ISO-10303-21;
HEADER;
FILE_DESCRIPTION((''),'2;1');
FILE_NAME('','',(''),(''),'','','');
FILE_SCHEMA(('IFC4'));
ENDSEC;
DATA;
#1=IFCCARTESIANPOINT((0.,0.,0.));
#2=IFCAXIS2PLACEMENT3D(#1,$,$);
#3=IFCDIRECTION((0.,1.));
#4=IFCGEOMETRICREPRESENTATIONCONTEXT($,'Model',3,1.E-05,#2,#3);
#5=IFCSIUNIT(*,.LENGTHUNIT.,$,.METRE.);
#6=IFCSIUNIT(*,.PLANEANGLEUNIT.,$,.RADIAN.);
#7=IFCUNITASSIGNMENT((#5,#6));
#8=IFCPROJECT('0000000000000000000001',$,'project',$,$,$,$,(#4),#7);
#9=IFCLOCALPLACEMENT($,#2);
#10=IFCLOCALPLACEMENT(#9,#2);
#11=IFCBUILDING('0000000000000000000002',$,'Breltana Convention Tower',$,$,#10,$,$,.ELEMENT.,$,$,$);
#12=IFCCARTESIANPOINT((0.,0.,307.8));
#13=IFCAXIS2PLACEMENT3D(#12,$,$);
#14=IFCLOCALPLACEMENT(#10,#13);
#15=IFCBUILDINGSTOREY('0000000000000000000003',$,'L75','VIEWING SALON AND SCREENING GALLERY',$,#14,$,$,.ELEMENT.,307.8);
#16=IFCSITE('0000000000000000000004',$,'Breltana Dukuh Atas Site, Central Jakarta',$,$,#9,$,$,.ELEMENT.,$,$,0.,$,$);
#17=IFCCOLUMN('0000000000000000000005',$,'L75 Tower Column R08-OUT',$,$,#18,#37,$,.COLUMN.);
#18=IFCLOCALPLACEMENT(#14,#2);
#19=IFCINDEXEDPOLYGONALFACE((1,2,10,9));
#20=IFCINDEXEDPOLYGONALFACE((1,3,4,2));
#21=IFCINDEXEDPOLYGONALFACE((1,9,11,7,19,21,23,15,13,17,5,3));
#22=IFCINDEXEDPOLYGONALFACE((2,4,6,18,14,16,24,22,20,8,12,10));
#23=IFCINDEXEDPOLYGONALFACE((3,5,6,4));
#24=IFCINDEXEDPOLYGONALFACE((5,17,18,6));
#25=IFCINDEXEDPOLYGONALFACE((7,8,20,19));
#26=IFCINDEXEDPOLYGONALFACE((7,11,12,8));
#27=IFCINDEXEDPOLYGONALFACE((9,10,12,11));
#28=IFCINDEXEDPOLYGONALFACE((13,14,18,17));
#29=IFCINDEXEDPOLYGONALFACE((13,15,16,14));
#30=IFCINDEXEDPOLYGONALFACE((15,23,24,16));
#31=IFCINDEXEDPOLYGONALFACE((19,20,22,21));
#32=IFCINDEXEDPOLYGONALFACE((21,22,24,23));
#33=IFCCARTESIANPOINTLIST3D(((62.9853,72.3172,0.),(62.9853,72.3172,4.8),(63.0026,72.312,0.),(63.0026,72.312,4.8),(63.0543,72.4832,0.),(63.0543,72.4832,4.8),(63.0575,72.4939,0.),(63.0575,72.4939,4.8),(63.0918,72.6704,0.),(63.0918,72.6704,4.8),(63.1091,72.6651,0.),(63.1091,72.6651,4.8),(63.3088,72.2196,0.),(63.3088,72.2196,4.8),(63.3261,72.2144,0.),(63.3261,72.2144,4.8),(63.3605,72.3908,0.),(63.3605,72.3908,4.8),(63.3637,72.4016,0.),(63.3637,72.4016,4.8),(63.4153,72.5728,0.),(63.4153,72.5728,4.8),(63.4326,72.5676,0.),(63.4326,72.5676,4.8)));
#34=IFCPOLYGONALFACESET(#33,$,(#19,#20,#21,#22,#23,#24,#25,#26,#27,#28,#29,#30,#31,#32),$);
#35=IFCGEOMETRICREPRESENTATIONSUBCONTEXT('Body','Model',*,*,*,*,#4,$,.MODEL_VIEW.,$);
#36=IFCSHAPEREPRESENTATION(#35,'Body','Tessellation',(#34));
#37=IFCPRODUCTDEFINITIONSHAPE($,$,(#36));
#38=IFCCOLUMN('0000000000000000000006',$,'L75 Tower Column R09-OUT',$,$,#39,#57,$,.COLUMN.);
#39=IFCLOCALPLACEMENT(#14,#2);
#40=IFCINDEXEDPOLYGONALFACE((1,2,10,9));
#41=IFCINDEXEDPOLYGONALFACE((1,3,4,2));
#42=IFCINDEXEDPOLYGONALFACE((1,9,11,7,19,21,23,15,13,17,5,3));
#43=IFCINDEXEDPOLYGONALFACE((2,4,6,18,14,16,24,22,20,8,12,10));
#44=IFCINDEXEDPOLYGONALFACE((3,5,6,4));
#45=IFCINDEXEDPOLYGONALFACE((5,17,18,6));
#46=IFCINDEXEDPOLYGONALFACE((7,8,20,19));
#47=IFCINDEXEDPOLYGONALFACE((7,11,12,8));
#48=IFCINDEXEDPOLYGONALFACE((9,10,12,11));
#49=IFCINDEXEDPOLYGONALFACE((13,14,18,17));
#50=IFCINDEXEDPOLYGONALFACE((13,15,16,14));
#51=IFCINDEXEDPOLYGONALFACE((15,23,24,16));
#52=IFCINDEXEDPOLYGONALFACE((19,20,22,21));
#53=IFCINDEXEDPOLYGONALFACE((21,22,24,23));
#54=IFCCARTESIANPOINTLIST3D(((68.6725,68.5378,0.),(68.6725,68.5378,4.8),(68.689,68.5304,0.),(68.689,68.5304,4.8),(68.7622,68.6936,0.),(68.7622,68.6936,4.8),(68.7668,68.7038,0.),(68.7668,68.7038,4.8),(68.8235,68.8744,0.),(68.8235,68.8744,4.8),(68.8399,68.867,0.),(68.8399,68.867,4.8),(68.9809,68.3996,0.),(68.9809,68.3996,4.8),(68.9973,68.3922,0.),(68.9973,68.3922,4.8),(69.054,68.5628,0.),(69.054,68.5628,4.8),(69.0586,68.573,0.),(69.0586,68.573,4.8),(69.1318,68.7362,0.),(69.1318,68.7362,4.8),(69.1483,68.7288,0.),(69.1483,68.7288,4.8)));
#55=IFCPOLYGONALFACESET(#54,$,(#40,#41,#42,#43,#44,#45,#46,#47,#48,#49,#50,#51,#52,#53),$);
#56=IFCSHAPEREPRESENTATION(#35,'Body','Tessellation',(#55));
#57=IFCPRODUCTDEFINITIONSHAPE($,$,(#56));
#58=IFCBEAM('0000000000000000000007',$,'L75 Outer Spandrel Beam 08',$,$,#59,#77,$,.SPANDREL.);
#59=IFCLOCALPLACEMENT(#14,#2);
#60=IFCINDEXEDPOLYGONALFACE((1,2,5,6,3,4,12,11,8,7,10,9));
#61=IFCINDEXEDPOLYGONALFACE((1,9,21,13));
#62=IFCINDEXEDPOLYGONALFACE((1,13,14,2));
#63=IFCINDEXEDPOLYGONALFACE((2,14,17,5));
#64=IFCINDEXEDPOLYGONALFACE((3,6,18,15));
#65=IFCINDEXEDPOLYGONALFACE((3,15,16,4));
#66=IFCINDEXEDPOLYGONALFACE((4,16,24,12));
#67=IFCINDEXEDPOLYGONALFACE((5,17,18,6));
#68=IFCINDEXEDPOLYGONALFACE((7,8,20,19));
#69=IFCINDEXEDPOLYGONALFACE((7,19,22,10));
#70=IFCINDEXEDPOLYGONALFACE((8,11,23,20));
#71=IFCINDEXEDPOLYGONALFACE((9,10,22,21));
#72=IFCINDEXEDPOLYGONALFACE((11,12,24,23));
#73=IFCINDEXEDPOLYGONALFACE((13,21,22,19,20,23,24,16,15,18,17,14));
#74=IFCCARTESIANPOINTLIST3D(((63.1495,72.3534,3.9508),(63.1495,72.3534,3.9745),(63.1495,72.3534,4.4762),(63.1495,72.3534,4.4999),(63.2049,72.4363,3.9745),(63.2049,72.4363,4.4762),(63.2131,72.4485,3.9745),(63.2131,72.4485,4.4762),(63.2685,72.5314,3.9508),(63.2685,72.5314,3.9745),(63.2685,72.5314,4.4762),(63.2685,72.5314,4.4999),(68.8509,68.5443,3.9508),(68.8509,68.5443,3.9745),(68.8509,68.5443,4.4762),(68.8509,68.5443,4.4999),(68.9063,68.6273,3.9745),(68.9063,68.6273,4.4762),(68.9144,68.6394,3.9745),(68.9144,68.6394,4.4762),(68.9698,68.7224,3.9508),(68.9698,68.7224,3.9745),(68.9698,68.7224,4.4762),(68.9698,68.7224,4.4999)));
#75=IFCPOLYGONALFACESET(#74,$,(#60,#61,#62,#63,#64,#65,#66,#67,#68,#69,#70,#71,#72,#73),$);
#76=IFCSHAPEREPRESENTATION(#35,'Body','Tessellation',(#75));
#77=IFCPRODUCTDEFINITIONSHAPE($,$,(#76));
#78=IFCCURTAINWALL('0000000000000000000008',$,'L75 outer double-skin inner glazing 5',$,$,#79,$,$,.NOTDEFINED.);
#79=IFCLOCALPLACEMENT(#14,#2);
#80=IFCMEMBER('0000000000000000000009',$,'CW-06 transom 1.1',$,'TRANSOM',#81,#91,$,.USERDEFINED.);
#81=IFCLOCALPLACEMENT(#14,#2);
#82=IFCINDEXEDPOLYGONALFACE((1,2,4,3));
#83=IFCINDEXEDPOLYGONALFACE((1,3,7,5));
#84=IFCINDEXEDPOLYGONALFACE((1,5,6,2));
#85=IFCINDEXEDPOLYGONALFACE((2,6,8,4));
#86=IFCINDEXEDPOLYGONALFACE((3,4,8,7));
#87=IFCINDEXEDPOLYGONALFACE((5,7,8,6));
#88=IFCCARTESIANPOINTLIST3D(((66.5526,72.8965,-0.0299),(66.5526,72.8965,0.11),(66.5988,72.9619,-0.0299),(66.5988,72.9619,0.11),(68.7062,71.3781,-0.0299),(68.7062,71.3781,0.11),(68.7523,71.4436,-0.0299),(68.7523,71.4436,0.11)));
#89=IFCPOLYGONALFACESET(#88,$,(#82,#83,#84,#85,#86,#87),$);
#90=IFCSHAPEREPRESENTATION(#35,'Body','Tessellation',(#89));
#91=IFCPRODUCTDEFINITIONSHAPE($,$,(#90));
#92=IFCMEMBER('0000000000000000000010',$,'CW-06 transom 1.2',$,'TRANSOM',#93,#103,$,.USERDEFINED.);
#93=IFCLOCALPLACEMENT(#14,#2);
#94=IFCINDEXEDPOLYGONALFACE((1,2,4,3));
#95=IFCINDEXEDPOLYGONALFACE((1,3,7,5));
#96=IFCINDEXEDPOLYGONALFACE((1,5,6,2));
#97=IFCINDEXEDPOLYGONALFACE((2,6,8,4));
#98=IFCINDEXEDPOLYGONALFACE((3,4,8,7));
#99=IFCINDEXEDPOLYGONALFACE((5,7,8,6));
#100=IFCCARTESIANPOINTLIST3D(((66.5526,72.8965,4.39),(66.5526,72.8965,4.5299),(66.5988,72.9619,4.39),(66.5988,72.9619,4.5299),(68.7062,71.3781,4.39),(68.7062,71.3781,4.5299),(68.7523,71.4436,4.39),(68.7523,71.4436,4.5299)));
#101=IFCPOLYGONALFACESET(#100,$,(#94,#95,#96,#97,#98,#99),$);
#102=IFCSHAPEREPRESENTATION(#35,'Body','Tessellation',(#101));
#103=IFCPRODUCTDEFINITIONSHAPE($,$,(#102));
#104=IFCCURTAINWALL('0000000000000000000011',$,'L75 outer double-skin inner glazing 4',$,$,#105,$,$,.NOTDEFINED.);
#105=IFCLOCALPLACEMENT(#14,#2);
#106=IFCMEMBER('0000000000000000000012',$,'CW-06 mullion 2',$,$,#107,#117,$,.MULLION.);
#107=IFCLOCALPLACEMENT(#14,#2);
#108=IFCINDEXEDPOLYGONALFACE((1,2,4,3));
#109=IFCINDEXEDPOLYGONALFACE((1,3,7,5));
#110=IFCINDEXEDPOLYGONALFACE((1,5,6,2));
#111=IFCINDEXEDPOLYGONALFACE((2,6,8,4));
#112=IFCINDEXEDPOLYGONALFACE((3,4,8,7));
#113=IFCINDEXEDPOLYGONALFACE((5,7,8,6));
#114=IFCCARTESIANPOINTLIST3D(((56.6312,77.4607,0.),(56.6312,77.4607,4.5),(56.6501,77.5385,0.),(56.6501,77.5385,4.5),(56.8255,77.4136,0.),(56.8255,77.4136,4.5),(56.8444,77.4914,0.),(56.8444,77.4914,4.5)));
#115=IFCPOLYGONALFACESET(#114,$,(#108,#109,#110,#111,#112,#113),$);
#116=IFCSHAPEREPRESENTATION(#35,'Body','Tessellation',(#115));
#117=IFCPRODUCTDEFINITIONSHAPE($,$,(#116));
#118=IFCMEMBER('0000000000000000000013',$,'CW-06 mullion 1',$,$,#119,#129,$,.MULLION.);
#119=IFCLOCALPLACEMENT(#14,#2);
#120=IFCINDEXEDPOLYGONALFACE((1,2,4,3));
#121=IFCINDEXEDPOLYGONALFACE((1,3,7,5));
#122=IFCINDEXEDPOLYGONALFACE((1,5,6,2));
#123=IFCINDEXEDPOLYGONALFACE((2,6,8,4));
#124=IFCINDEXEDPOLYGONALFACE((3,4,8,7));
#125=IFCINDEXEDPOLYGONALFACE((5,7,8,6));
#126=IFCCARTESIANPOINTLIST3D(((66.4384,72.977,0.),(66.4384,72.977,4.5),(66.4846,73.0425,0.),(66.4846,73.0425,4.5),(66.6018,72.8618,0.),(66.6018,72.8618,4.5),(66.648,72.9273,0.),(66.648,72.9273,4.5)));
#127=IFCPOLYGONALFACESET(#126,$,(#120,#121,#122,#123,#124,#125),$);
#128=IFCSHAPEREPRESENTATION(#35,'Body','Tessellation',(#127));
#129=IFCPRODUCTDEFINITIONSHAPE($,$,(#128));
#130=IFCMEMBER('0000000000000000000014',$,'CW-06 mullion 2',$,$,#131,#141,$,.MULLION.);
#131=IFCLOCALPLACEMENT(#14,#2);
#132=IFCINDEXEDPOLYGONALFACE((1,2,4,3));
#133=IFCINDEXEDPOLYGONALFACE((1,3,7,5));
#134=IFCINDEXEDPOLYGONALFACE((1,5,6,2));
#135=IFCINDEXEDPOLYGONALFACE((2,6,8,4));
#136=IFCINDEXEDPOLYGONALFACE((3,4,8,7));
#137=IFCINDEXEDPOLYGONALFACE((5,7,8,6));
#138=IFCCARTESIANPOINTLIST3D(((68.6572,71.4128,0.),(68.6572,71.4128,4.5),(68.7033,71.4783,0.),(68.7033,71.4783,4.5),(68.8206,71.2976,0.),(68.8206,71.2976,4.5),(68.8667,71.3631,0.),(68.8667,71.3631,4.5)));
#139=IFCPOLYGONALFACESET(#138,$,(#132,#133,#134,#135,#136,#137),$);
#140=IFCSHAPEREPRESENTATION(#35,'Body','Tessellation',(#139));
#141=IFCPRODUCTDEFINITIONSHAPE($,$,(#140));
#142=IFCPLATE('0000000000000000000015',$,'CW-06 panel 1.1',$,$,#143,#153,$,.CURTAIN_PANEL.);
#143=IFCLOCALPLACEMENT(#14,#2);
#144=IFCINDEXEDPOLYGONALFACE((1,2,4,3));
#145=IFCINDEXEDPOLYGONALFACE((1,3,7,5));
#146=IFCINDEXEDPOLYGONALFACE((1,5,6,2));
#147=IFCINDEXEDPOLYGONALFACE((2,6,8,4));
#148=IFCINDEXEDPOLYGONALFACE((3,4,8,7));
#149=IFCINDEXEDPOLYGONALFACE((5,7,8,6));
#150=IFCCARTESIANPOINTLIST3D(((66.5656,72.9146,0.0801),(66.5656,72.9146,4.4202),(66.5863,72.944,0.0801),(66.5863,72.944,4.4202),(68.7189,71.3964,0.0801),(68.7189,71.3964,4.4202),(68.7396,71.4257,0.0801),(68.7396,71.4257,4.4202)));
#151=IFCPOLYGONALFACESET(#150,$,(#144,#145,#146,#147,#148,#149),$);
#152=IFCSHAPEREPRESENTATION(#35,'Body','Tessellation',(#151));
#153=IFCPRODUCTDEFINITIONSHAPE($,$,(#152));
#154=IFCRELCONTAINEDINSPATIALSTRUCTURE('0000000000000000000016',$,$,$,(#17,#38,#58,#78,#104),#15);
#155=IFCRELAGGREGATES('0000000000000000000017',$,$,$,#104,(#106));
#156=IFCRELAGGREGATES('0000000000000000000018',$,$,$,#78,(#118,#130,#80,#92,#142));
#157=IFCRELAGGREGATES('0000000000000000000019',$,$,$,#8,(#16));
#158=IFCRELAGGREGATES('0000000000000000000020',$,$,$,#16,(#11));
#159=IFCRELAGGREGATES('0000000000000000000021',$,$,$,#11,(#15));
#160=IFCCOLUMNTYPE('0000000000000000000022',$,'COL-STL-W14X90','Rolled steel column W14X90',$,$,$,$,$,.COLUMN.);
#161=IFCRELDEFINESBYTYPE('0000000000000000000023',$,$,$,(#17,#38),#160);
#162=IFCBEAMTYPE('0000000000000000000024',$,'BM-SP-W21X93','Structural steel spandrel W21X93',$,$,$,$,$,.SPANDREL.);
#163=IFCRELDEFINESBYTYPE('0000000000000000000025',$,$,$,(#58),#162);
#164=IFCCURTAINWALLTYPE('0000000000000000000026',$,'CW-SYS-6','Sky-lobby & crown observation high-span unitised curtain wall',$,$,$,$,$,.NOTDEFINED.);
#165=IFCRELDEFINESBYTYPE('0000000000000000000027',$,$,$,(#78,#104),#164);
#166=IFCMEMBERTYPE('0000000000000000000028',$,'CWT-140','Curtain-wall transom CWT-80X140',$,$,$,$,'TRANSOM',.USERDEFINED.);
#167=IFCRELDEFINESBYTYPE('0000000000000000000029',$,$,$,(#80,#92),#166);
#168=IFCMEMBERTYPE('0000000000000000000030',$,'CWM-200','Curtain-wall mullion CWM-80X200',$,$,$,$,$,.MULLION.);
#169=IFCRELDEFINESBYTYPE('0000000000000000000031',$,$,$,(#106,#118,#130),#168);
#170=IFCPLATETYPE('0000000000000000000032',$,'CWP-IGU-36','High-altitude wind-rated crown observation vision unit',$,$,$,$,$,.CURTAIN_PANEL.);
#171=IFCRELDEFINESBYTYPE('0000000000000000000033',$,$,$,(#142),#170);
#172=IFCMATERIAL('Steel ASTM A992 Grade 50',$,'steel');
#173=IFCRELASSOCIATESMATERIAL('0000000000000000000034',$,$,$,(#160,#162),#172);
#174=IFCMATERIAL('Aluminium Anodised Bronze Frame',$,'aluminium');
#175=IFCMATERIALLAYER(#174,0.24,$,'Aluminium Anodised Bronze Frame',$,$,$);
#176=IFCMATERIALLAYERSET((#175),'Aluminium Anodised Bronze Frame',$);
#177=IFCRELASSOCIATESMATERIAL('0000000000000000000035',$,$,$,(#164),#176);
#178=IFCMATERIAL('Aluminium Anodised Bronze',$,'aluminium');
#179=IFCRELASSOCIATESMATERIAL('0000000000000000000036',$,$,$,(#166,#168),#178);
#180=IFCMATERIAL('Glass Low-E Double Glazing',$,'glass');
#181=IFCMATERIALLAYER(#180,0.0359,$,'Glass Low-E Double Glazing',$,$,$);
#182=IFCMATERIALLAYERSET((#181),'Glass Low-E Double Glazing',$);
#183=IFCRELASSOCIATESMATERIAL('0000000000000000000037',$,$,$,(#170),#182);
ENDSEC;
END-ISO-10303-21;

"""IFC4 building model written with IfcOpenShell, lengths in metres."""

from ifc_helpers import new_model, si_unit, direction, frame, origin, origin_2d, place, context, subcontext, project, spatial, rectangle, i_section, extrude, source, transform, mapped, material, layer, layer_set, material_profile, profile_set, type_object, type_shapes, element, aggregate, save


model = new_model("IFC4")

# Units and contexts
model_context = context("Model", 3, precision=1e-05, world=origin(), true_north=direction((0.0, 1.0)))
body_context = subcontext(model_context, "Body", "Model", "MODEL_VIEW")
ifc_project = project(units=[si_unit("LENGTHUNIT", "METRE"), si_unit("PLANEANGLEUNIT", "RADIAN")], contexts=[model_context])

# Site, building, storey
site_placement = place(None, origin())
site = spatial("IfcSite", under=ifc_project, at=site_placement, Name="Breltana Dukuh Atas Site, Central Jakarta", CompositionType="ELEMENT", RefElevation=0.0)
building_placement = place(site_placement, origin())
building = spatial("IfcBuilding", under=site, at=building_placement, Name="Breltana Convention Tower", CompositionType="ELEMENT")
storey_placement = place(building_placement, frame((0.0, 0.0, 307.8)))
storey = spatial("IfcBuildingStorey", under=building, at=storey_placement, Name="L75", Description="VIEWING SALON AND SCREENING GALLERY", CompositionType="ELEMENT", Elevation=307.8)

# Columns
ifc_material_1 = material(Name="Steel ASTM A992 Grade 50", Category="steel")
ifc_material_profile_1 = material_profile(ifc_material_1, i_section(OverallWidth=0.3689, OverallDepth=0.356, WebThickness=0.0112, FlangeThickness=0.0181, at=origin_2d()), Name="W14X90")
ifc_profile_set_1 = profile_set([ifc_material_profile_1], Name="Steel ASTM A992 Grade 50")
column_type = type_object("IfcColumnType", Name="COL-STL-W14X90", Description="Rolled steel column W14X90", PredefinedType="COLUMN", material=ifc_profile_set_1)
shared_shape_1 = source(origin(), body_context, "Body", "SweptSolid", [
    extrude(i_section(OverallWidth=0.3689, OverallDepth=0.356, WebThickness=0.0112, FlangeThickness=0.0181, at=origin_2d()), origin(), (0.0, 0.0, 1.0), 4.8),
])
type_shapes(column_type, [shared_shape_1])
for number, where, z_axis, x_axis, name in (
    (1, (63.209, 72.4424, 0.0), (0.0, 0.0, 1.0), (0.288698, 0.95742, 0.0), "L75 Tower Column R08-OUT"),
    (2, (68.9104, 68.6333, 0.0), (0.0, 0.0, 1.0), (0.409127, 0.912477, 0.0), "L75 Tower Column R09-OUT"),
):
    element("IfcColumn", number, at=place(storey_placement, frame(where, z_axis=z_axis, x_axis=x_axis)), inside=storey, type_object=column_type, Name=name, PredefinedType="COLUMN", context=body_context, shape_type="MappedRepresentation", body=[
        mapped(shared_shape_1, transform((0.0, 0.0, 0.0), scale=1.0)),
    ])

# Beam
ifc_material_profile_2 = material_profile(ifc_material_1, i_section(OverallWidth=0.2141, OverallDepth=0.5491, WebThickness=0.0146, FlangeThickness=0.0237, at=origin_2d()), Name="W21X93")
ifc_profile_set_2 = profile_set([ifc_material_profile_2], Name="Steel ASTM A992 Grade 50")
beam_type = type_object("IfcBeamType", Name="BM-SP-W21X93", Description="Structural steel spandrel W21X93", PredefinedType="SPANDREL", material=ifc_profile_set_2)
shared_shape_2 = source(origin(), body_context, "Body", "SweptSolid", [
    extrude(i_section(OverallWidth=0.2141, OverallDepth=0.5491, WebThickness=0.0146, FlangeThickness=0.0237, at=origin_2d()), origin(), (0.0, 0.0, 1.0), 6.8567),
])
beam_placement = place(storey_placement, frame((63.209, 72.4424, 4.2253), z_axis=(0.831502, -0.555522, 0.0), x_axis=(0.555522, 0.831502, 0.0)))
element("IfcBeam", 3, at=beam_placement, inside=storey, type_object=beam_type, Name="L75 Outer Spandrel Beam 08", PredefinedType="SPANDREL", context=body_context, shape_type="MappedRepresentation", body=[
    mapped(shared_shape_2, transform((0.0, 0.0, 0.0), scale=1.0)),
])

# Curtain wall, members
ifc_material_2 = material(Name="Aluminium Anodised Bronze Frame", Category="aluminium")
ifc_layer_1 = layer(ifc_material_2, 0.24, Name="Aluminium Anodised Bronze Frame")
ifc_layer_set_1 = layer_set([ifc_layer_1], Name="Aluminium Anodised Bronze Frame")
curtain_wall_type = type_object("IfcCurtainWallType", Name="CW-SYS-6", Description="Sky-lobby & crown observation high-span unitised curtain wall", PredefinedType="NOTDEFINED", material=ifc_layer_set_1)
curtain_wall_1_placement = place(storey_placement, origin())
curtain_wall_1 = element("IfcCurtainWall", 4, at=curtain_wall_1_placement, inside=storey, type_object=curtain_wall_type, Name="L75 outer double-skin inner glazing 5", PredefinedType="NOTDEFINED")
ifc_material_3 = material(Name="Aluminium Anodised Bronze", Category="aluminium")
ifc_material_profile_3 = material_profile(ifc_material_3, rectangle(XDim=0.0801, YDim=0.1399, at=origin_2d()), Name="CWT-80X140")
ifc_profile_set_3 = profile_set([ifc_material_profile_3], Name="Aluminium Anodised Bronze")
member_type_1 = type_object("IfcMemberType", Name="CWT-140", Description="Curtain-wall transom CWT-80X140", ElementType="TRANSOM", PredefinedType="USERDEFINED", material=ifc_profile_set_3)
shared_shape_3 = source(origin(), body_context, "Body", "SweptSolid", [
    extrude(rectangle(XDim=0.0801, YDim=0.1399, at=origin_2d()), origin(), (0.0, 0.0, 1.0), 2.635),
])
member_1_placement = place(storey_placement, frame((66.5757, 72.9292, 0.04), z_axis=(0.817299, -0.576214, 0.0), x_axis=(0.576214, 0.817299, 0.0)))
member_1 = element("IfcMember", 5, at=member_1_placement, type_object=member_type_1, Name="CW-06 transom 1.1", ObjectType="TRANSOM", PredefinedType="USERDEFINED", context=body_context, shape_type="MappedRepresentation", body=[
    mapped(shared_shape_3, transform((0.0, 0.0, 0.0), scale=1.0)),
])
member_2_placement = place(storey_placement, frame((66.5757, 72.9292, 4.46), z_axis=(0.817299, -0.576214, 0.0), x_axis=(0.576214, 0.817299, 0.0)))
member_2 = element("IfcMember", 6, at=member_2_placement, type_object=member_type_1, Name="CW-06 transom 1.2", ObjectType="TRANSOM", PredefinedType="USERDEFINED", context=body_context, shape_type="MappedRepresentation", body=[
    mapped(shared_shape_3, transform((0.0, 0.0, 0.0), scale=1.0)),
])

# Curtain wall, member
curtain_wall_2_placement = place(storey_placement, origin())
curtain_wall_2 = element("IfcCurtainWall", 7, at=curtain_wall_2_placement, inside=storey, type_object=curtain_wall_type, Name="L75 outer double-skin inner glazing 4", PredefinedType="NOTDEFINED")
ifc_material_profile_4 = material_profile(ifc_material_3, rectangle(XDim=0.0801, YDim=0.2, at=origin_2d()), Name="CWM-80X200")
ifc_profile_set_4 = profile_set([ifc_material_profile_4], Name="Aluminium Anodised Bronze")
member_type_2 = type_object("IfcMemberType", Name="CWM-200", Description="Curtain-wall mullion CWM-80X200", PredefinedType="MULLION", material=ifc_profile_set_4)
shared_shape_4 = source(origin(), body_context, "Body", "SweptSolid", [
    extrude(rectangle(XDim=0.0801, YDim=0.2, at=origin_2d()), origin(), (0.0, 0.0, 1.0), 4.5),
])
member_3_placement = place(storey_placement, frame((56.7378, 77.4761, 0.0), z_axis=(0.0, 0.0, 1.0), x_axis=(0.235518, 0.97187, 0.0)))
member_3 = element("IfcMember", 8, at=member_3_placement, type_object=member_type_2, Name="CW-06 mullion 2", PredefinedType="MULLION", context=body_context, shape_type="MappedRepresentation", body=[
    mapped(shared_shape_4, transform((0.0, 0.0, 0.0), scale=1.0)),
])
aggregate(curtain_wall_2, [member_3])

# Members
member_4_placement = place(storey_placement, frame((66.5432, 72.9521, 0.0), z_axis=(0.0, 0.0, 1.0), x_axis=(0.576235, 0.817284, 0.0)))
member_4 = element("IfcMember", 9, at=member_4_placement, type_object=member_type_2, Name="CW-06 mullion 1", PredefinedType="MULLION", context=body_context, shape_type="MappedRepresentation", body=[
    mapped(shared_shape_4, transform((0.0, 0.0, 0.0), scale=1.0)),
])
member_5_placement = place(storey_placement, frame((68.762, 71.3879, 0.0), z_axis=(0.0, 0.0, 1.0), x_axis=(0.576235, 0.817284, 0.0)))
member_5 = element("IfcMember", 10, at=member_5_placement, type_object=member_type_2, Name="CW-06 mullion 2", PredefinedType="MULLION", context=body_context, shape_type="MappedRepresentation", body=[
    mapped(shared_shape_4, transform((0.0, 0.0, 0.0), scale=1.0)),
])

# Plate
ifc_material_4 = material(Name="Glass Low-E Double Glazing", Category="glass")
ifc_layer_2 = layer(ifc_material_4, 0.0359, Name="Glass Low-E Double Glazing")
ifc_layer_set_2 = layer_set([ifc_layer_2], Name="Glass Low-E Double Glazing")
plate_type = type_object("IfcPlateType", Name="CWP-IGU-36", Description="High-altitude wind-rated crown observation vision unit", PredefinedType="CURTAIN_PANEL", material=ifc_layer_set_2)
shared_shape_5 = source(origin(), body_context, "Body", "SweptSolid", [
    extrude(rectangle(XDim=2.6348, YDim=0.0359, at=origin_2d()), origin(), (0.0, 0.0, 1.0), 4.3401),
])
plate_placement = place(storey_placement, frame((67.6526, 72.1702, 0.0801), z_axis=(0.0, 0.0, 1.0), x_axis=(0.817284, -0.576235, 0.0)))
plate = element("IfcPlate", 11, at=plate_placement, type_object=plate_type, Name="CW-06 panel 1.1", PredefinedType="CURTAIN_PANEL", context=body_context, shape_type="MappedRepresentation", body=[
    mapped(shared_shape_5, transform((0.0, 0.0, 0.0), scale=1.0)),
])
aggregate(curtain_wall_1, [member_4, member_5, member_1, member_2, plate])

save(model, "model.ifc")
